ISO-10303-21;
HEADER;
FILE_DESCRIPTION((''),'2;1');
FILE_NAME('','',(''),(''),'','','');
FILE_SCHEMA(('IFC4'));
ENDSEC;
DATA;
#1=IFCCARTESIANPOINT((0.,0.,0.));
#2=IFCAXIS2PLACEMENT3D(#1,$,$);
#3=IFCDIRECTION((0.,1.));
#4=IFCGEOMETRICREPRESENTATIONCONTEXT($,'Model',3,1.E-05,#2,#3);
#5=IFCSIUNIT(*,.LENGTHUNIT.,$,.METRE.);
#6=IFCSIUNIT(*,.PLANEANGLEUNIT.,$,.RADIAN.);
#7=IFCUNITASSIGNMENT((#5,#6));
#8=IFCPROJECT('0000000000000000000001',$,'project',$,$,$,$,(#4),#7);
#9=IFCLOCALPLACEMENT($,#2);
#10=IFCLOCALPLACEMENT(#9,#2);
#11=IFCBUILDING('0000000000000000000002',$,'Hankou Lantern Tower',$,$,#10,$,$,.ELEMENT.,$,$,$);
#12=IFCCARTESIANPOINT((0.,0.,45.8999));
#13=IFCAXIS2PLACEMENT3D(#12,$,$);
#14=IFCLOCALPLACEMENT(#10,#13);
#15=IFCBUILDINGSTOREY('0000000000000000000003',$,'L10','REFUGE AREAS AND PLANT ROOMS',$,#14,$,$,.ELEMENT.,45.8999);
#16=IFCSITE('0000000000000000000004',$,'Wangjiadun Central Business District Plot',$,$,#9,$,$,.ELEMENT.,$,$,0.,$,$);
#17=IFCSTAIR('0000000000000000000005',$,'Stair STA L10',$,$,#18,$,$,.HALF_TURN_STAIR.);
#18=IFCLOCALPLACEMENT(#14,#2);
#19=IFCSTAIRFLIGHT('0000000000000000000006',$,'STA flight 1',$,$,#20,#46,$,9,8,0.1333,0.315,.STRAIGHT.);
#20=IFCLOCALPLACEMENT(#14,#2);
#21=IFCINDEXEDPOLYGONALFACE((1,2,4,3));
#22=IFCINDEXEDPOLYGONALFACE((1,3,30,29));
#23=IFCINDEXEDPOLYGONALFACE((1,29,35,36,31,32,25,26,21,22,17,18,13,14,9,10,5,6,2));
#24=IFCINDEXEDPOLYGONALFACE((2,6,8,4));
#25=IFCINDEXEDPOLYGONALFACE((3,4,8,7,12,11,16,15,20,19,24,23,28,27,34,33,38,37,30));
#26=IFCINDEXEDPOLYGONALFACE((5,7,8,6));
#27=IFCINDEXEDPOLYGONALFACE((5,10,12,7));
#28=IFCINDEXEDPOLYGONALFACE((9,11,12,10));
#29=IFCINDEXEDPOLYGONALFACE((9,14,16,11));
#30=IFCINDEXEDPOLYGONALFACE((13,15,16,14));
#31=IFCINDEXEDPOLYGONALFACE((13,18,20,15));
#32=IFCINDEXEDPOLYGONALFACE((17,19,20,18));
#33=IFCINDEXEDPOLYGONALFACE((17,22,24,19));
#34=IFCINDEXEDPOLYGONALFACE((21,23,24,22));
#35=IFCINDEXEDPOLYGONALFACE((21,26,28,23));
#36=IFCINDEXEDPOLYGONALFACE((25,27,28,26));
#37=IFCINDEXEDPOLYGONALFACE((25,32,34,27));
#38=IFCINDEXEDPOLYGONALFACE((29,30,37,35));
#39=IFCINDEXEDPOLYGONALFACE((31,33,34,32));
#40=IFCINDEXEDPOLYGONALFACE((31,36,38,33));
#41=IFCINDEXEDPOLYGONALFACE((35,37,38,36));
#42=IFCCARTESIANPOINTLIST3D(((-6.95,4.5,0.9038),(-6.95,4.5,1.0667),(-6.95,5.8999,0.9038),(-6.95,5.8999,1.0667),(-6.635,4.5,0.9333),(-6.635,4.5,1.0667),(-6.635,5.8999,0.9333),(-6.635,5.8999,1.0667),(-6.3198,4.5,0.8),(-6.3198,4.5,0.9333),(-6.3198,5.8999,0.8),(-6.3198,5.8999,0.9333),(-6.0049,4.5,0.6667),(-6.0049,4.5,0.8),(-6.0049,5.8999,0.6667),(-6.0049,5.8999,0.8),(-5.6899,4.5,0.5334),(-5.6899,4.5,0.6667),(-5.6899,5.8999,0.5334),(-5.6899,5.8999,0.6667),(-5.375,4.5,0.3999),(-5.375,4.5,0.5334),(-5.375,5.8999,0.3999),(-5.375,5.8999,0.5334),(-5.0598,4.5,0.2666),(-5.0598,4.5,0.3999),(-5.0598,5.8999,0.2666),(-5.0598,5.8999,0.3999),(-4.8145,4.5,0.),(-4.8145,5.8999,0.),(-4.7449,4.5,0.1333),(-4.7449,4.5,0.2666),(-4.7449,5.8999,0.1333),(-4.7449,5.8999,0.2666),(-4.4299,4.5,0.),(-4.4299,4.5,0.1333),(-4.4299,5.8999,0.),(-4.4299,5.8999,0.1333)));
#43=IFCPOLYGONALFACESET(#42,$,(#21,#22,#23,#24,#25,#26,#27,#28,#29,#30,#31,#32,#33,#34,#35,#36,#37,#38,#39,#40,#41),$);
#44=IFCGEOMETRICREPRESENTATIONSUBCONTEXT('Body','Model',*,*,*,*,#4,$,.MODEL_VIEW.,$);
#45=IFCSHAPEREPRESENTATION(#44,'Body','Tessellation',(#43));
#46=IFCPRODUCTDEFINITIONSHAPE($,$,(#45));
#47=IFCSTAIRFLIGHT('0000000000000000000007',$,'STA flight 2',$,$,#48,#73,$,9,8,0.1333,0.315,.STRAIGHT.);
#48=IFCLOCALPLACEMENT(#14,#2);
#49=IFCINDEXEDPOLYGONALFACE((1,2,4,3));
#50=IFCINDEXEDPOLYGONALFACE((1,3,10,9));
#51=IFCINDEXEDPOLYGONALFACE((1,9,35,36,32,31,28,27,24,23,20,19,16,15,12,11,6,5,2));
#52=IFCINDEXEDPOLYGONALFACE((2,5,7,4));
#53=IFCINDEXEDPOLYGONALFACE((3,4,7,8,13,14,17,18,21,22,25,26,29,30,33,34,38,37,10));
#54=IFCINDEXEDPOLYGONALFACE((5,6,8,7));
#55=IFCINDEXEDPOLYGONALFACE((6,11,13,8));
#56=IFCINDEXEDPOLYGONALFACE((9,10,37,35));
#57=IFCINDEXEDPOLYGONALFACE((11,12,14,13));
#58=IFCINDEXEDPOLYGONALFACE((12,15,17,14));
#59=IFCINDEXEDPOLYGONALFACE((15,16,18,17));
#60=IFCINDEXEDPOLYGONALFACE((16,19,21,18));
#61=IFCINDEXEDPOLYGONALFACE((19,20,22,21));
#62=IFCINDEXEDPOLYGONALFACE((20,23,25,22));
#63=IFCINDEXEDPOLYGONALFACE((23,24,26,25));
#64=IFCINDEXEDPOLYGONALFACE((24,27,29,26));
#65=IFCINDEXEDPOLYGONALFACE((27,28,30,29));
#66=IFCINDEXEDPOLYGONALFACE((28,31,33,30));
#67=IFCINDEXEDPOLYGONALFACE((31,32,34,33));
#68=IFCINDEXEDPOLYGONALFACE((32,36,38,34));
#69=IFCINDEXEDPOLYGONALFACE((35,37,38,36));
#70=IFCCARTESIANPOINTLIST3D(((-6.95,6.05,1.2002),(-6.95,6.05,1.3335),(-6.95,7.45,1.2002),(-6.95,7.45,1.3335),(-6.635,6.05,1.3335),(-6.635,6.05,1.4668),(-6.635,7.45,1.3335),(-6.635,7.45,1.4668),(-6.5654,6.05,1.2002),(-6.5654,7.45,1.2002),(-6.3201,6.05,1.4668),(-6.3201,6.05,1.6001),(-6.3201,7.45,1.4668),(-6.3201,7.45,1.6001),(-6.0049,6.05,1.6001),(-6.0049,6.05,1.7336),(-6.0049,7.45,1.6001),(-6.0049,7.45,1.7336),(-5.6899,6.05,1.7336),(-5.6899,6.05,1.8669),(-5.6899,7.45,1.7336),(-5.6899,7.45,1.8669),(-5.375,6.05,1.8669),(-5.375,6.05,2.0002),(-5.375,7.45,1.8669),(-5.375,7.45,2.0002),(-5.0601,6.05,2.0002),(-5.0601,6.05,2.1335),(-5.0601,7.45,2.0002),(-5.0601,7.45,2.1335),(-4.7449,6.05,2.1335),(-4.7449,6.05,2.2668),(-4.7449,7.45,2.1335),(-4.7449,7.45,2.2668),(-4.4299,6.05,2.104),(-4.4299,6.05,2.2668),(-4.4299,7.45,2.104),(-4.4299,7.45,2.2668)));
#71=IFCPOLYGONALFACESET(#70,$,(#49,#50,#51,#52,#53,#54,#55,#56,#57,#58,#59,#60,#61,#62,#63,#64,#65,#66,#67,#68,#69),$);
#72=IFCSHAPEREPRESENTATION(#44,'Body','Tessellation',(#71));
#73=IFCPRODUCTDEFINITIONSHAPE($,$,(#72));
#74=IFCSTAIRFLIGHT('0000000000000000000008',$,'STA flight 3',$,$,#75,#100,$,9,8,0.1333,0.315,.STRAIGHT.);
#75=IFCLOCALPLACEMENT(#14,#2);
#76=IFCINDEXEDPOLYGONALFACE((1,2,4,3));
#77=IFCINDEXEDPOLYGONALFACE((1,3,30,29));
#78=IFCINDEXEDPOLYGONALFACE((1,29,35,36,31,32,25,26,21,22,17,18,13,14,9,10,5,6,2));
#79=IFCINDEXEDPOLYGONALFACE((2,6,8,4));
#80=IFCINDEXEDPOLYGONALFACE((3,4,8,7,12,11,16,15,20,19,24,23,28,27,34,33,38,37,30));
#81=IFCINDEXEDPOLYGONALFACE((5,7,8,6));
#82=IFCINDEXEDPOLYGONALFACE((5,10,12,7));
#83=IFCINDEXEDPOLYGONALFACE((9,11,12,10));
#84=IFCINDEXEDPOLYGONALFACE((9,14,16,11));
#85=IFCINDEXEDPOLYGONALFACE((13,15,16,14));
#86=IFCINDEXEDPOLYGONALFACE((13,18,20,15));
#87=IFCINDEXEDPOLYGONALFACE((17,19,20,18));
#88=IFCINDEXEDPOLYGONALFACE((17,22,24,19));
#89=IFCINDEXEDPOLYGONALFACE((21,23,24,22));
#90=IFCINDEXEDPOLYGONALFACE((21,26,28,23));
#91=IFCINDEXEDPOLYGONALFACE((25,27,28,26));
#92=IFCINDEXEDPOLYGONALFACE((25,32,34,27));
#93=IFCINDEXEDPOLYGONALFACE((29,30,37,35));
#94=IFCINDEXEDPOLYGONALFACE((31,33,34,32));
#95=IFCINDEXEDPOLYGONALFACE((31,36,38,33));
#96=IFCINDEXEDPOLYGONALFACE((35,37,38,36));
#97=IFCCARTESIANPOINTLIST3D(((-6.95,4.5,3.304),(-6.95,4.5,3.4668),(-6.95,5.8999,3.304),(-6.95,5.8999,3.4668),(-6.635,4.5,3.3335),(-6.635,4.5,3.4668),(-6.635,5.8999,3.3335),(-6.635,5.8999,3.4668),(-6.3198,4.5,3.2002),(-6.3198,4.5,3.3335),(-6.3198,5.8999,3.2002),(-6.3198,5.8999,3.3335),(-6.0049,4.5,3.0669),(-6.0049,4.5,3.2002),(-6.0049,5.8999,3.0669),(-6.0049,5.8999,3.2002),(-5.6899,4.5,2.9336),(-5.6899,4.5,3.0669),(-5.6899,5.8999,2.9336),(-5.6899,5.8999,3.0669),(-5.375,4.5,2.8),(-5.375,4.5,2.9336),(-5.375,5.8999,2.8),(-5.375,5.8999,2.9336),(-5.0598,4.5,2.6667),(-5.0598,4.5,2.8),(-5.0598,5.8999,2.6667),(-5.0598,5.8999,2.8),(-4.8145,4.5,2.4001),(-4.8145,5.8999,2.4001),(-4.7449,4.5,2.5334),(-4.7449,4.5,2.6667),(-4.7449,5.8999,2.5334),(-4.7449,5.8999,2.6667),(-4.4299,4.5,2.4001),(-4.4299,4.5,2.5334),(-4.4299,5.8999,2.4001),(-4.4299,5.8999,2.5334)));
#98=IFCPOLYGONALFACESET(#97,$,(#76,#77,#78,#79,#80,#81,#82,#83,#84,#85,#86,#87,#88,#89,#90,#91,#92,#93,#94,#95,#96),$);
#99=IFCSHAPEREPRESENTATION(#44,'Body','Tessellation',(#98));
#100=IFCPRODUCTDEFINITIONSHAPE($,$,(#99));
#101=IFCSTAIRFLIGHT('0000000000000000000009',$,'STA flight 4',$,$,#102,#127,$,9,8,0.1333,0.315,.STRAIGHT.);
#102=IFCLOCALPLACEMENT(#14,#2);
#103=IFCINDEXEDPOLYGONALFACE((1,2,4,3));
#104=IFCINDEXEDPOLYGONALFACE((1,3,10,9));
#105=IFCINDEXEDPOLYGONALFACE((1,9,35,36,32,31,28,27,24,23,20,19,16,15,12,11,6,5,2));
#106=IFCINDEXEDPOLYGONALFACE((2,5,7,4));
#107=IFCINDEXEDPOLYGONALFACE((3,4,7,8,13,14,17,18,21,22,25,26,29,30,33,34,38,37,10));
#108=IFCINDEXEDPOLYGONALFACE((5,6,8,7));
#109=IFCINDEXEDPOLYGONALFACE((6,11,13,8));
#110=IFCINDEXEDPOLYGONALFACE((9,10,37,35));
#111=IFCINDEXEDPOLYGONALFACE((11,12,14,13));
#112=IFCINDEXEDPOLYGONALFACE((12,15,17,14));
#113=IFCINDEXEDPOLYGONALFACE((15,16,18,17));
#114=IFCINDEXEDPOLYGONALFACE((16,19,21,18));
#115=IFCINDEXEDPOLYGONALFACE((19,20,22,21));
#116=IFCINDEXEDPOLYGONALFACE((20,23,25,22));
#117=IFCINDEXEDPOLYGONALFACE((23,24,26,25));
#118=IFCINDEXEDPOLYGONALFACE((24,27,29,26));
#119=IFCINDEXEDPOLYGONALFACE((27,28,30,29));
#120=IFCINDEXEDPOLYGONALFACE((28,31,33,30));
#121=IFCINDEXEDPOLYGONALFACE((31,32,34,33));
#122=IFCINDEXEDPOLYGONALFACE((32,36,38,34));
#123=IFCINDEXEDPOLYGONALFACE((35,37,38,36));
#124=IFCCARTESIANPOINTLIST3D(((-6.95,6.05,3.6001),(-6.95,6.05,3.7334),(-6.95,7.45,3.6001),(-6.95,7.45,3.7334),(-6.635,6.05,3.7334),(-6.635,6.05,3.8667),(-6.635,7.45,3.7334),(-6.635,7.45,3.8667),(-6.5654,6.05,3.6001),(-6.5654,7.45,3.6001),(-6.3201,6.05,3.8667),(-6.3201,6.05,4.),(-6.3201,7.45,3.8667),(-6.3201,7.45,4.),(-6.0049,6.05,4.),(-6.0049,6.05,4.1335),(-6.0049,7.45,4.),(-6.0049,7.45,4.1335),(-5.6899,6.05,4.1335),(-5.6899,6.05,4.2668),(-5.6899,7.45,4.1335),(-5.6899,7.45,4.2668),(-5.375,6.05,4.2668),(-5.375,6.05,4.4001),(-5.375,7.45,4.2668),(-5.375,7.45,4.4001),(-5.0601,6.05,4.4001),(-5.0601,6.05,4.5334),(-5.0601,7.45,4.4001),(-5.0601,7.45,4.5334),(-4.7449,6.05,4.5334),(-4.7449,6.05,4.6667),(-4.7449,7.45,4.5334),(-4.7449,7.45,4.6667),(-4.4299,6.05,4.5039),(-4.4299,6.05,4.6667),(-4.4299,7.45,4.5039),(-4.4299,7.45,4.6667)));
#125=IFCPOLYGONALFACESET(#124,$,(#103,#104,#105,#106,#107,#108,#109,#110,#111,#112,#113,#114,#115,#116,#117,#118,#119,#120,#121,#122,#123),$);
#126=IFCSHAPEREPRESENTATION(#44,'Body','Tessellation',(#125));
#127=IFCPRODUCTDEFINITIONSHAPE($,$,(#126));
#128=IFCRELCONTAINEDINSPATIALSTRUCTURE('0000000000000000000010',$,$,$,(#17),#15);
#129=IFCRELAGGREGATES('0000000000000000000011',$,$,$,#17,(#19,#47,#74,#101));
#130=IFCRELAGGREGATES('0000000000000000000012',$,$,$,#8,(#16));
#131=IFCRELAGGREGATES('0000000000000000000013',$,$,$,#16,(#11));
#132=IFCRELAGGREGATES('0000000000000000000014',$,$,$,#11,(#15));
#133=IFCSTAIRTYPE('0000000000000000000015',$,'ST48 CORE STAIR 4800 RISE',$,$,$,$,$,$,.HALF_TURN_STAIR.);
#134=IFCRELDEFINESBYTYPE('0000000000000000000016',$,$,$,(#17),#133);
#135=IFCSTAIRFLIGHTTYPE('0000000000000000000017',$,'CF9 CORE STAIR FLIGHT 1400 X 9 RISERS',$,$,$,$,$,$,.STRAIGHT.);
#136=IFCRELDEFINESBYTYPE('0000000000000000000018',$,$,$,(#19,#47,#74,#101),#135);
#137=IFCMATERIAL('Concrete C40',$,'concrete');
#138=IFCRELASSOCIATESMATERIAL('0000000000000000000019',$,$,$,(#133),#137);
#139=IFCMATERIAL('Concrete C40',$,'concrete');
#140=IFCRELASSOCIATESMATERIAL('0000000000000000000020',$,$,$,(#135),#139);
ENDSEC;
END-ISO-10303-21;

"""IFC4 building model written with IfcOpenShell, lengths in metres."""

from ifc_helpers import new_model, si_unit, direction, frame, origin, place, context, subcontext, project, spatial, polyline, outline, extrude, material, type_object, element, aggregate, save


model = new_model("IFC4")

# Units and contexts
model_context = context("Model", 3, precision=1e-05, world=origin(), true_north=direction((0.0, 1.0)))
body_context = subcontext(model_context, "Body", "Model", "MODEL_VIEW")
ifc_project = project(units=[si_unit("LENGTHUNIT", "METRE"), si_unit("PLANEANGLEUNIT", "RADIAN")], contexts=[model_context])

# Site, building, storey
site_placement = place(None, origin())
site = spatial("IfcSite", under=ifc_project, at=site_placement, Name="Wangjiadun Central Business District Plot", CompositionType="ELEMENT", RefElevation=0.0)
building_placement = place(site_placement, origin())
building = spatial("IfcBuilding", under=site, at=building_placement, Name="Hankou Lantern Tower", CompositionType="ELEMENT")
storey_placement = place(building_placement, frame((0.0, 0.0, 45.8999)))
storey = spatial("IfcBuildingStorey", under=building, at=storey_placement, Name="L10", Description="REFUGE AREAS AND PLANT ROOMS", CompositionType="ELEMENT", Elevation=45.8999)

# Stair, stair flights
ifc_material_1 = material(Name="Concrete C40", Category="concrete")
stair_type = type_object("IfcStairType", Name="ST48 CORE STAIR 4800 RISE", PredefinedType="HALF_TURN_STAIR", material=ifc_material_1)
stair_placement = place(storey_placement, origin())
stair = element("IfcStair", 1, at=stair_placement, inside=storey, type_object=stair_type, Name="Stair STA L10", PredefinedType="HALF_TURN_STAIR")
ifc_material_2 = material(Name="Concrete C40", Category="concrete")
stair_flight_type = type_object("IfcStairFlightType", Name="CF9 CORE STAIR FLIGHT 1400 X 9 RISERS", PredefinedType="STRAIGHT", material=ifc_material_2)
stair_flight_1_placement = place(storey_placement, frame((-4.4299, 5.2, 0.0), z_axis=(0.0, 0.0, 1.0), x_axis=(-1.0, 0.0, 0.0)))
stair_flight_1 = element("IfcStairFlight", 2, at=stair_flight_1_placement, type_object=stair_flight_type, Name="STA flight 1", NumberOfRisers=9, NumberOfTreads=8, PredefinedType="STRAIGHT", RiserHeight=0.1333, TreadLength=0.315, context=body_context, shape_type="SweptSolid", body=[
    extrude(outline(polyline([(0.0, 0.0), (0.0, 0.1333), (0.3149, 0.1333), (0.3149, 0.2666), (0.6299, 0.2666), (0.6299, 0.3999), (0.9451, 0.3999), (0.9451, 0.5334), (1.26, 0.5334), (1.26, 0.6667), (1.575, 0.6667), (1.575, 0.8), (1.8899, 0.8), (1.8899, 0.9333), (2.2051, 0.9333), (2.2051, 1.0667), (2.52, 1.0667), (2.52, 1.2), (2.52, 0.9038), (0.3845, 0.0), (0.0, 0.0)])), frame((0.0, 0.7, 0.0), z_axis=(0.0, -1.0, 0.0), x_axis=(1.0, 0.0, 0.0)), (0.0, 0.0, 1.0), 1.3999),
])
stair_flight_2_placement = place(storey_placement, frame((-6.95, 6.75, 1.2002), z_axis=(0.0, 0.0, 1.0), x_axis=(1.0, 0.0, 0.0)))
stair_flight_2 = element("IfcStairFlight", 3, at=stair_flight_2_placement, type_object=stair_flight_type, Name="STA flight 2", NumberOfRisers=9, NumberOfTreads=8, PredefinedType="STRAIGHT", RiserHeight=0.1333, TreadLength=0.315, context=body_context, shape_type="SweptSolid", body=[
    extrude(outline(polyline([(0.0, 0.0), (0.0, 0.1333), (0.3149, 0.1333), (0.3149, 0.2666), (0.6299, 0.2666), (0.6299, 0.3999), (0.9451, 0.3999), (0.9451, 0.5334), (1.26, 0.5334), (1.26, 0.6667), (1.575, 0.6667), (1.575, 0.8), (1.8899, 0.8), (1.8899, 0.9333), (2.2051, 0.9333), (2.2051, 1.0667), (2.52, 1.0667), (2.52, 1.2), (2.52, 0.9038), (0.3845, 0.0), (0.0, 0.0)])), frame((0.0, 0.7, 0.0), z_axis=(0.0, -1.0, 0.0), x_axis=(1.0, 0.0, 0.0)), (0.0, 0.0, 1.0), 1.3999),
])
stair_flight_3_placement = place(storey_placement, frame((-4.4299, 5.2, 2.4001), z_axis=(0.0, 0.0, 1.0), x_axis=(-1.0, 0.0, 0.0)))
stair_flight_3 = element("IfcStairFlight", 4, at=stair_flight_3_placement, type_object=stair_flight_type, Name="STA flight 3", NumberOfRisers=9, NumberOfTreads=8, PredefinedType="STRAIGHT", RiserHeight=0.1333, TreadLength=0.315, context=body_context, shape_type="SweptSolid", body=[
    extrude(outline(polyline([(0.0, 0.0), (0.0, 0.1333), (0.3149, 0.1333), (0.3149, 0.2666), (0.6299, 0.2666), (0.6299, 0.3999), (0.9451, 0.3999), (0.9451, 0.5334), (1.26, 0.5334), (1.26, 0.6667), (1.575, 0.6667), (1.575, 0.8), (1.8899, 0.8), (1.8899, 0.9333), (2.2051, 0.9333), (2.2051, 1.0667), (2.52, 1.0667), (2.52, 1.2), (2.52, 0.9038), (0.3845, 0.0), (0.0, 0.0)])), frame((0.0, 0.7, 0.0), z_axis=(0.0, -1.0, 0.0), x_axis=(1.0, 0.0, 0.0)), (0.0, 0.0, 1.0), 1.3999),
])
stair_flight_4_placement = place(storey_placement, frame((-6.95, 6.75, 3.6001), z_axis=(0.0, 0.0, 1.0), x_axis=(1.0, 0.0, 0.0)))
stair_flight_4 = element("IfcStairFlight", 5, at=stair_flight_4_placement, type_object=stair_flight_type, Name="STA flight 4", NumberOfRisers=9, NumberOfTreads=8, PredefinedType="STRAIGHT", RiserHeight=0.1333, TreadLength=0.315, context=body_context, shape_type="SweptSolid", body=[
    extrude(outline(polyline([(0.0, 0.0), (0.0, 0.1333), (0.3149, 0.1333), (0.3149, 0.2666), (0.6299, 0.2666), (0.6299, 0.3999), (0.9451, 0.3999), (0.9451, 0.5334), (1.26, 0.5334), (1.26, 0.6667), (1.575, 0.6667), (1.575, 0.8), (1.8899, 0.8), (1.8899, 0.9333), (2.2051, 0.9333), (2.2051, 1.0667), (2.52, 1.0667), (2.52, 1.2), (2.52, 0.9038), (0.3845, 0.0), (0.0, 0.0)])), frame((0.0, 0.7, 0.0), z_axis=(0.0, -1.0, 0.0), x_axis=(1.0, 0.0, 0.0)), (0.0, 0.0, 1.0), 1.3999),
])
aggregate(stair, [stair_flight_1, stair_flight_2, stair_flight_3, stair_flight_4])

save(model, "model.ifc")
